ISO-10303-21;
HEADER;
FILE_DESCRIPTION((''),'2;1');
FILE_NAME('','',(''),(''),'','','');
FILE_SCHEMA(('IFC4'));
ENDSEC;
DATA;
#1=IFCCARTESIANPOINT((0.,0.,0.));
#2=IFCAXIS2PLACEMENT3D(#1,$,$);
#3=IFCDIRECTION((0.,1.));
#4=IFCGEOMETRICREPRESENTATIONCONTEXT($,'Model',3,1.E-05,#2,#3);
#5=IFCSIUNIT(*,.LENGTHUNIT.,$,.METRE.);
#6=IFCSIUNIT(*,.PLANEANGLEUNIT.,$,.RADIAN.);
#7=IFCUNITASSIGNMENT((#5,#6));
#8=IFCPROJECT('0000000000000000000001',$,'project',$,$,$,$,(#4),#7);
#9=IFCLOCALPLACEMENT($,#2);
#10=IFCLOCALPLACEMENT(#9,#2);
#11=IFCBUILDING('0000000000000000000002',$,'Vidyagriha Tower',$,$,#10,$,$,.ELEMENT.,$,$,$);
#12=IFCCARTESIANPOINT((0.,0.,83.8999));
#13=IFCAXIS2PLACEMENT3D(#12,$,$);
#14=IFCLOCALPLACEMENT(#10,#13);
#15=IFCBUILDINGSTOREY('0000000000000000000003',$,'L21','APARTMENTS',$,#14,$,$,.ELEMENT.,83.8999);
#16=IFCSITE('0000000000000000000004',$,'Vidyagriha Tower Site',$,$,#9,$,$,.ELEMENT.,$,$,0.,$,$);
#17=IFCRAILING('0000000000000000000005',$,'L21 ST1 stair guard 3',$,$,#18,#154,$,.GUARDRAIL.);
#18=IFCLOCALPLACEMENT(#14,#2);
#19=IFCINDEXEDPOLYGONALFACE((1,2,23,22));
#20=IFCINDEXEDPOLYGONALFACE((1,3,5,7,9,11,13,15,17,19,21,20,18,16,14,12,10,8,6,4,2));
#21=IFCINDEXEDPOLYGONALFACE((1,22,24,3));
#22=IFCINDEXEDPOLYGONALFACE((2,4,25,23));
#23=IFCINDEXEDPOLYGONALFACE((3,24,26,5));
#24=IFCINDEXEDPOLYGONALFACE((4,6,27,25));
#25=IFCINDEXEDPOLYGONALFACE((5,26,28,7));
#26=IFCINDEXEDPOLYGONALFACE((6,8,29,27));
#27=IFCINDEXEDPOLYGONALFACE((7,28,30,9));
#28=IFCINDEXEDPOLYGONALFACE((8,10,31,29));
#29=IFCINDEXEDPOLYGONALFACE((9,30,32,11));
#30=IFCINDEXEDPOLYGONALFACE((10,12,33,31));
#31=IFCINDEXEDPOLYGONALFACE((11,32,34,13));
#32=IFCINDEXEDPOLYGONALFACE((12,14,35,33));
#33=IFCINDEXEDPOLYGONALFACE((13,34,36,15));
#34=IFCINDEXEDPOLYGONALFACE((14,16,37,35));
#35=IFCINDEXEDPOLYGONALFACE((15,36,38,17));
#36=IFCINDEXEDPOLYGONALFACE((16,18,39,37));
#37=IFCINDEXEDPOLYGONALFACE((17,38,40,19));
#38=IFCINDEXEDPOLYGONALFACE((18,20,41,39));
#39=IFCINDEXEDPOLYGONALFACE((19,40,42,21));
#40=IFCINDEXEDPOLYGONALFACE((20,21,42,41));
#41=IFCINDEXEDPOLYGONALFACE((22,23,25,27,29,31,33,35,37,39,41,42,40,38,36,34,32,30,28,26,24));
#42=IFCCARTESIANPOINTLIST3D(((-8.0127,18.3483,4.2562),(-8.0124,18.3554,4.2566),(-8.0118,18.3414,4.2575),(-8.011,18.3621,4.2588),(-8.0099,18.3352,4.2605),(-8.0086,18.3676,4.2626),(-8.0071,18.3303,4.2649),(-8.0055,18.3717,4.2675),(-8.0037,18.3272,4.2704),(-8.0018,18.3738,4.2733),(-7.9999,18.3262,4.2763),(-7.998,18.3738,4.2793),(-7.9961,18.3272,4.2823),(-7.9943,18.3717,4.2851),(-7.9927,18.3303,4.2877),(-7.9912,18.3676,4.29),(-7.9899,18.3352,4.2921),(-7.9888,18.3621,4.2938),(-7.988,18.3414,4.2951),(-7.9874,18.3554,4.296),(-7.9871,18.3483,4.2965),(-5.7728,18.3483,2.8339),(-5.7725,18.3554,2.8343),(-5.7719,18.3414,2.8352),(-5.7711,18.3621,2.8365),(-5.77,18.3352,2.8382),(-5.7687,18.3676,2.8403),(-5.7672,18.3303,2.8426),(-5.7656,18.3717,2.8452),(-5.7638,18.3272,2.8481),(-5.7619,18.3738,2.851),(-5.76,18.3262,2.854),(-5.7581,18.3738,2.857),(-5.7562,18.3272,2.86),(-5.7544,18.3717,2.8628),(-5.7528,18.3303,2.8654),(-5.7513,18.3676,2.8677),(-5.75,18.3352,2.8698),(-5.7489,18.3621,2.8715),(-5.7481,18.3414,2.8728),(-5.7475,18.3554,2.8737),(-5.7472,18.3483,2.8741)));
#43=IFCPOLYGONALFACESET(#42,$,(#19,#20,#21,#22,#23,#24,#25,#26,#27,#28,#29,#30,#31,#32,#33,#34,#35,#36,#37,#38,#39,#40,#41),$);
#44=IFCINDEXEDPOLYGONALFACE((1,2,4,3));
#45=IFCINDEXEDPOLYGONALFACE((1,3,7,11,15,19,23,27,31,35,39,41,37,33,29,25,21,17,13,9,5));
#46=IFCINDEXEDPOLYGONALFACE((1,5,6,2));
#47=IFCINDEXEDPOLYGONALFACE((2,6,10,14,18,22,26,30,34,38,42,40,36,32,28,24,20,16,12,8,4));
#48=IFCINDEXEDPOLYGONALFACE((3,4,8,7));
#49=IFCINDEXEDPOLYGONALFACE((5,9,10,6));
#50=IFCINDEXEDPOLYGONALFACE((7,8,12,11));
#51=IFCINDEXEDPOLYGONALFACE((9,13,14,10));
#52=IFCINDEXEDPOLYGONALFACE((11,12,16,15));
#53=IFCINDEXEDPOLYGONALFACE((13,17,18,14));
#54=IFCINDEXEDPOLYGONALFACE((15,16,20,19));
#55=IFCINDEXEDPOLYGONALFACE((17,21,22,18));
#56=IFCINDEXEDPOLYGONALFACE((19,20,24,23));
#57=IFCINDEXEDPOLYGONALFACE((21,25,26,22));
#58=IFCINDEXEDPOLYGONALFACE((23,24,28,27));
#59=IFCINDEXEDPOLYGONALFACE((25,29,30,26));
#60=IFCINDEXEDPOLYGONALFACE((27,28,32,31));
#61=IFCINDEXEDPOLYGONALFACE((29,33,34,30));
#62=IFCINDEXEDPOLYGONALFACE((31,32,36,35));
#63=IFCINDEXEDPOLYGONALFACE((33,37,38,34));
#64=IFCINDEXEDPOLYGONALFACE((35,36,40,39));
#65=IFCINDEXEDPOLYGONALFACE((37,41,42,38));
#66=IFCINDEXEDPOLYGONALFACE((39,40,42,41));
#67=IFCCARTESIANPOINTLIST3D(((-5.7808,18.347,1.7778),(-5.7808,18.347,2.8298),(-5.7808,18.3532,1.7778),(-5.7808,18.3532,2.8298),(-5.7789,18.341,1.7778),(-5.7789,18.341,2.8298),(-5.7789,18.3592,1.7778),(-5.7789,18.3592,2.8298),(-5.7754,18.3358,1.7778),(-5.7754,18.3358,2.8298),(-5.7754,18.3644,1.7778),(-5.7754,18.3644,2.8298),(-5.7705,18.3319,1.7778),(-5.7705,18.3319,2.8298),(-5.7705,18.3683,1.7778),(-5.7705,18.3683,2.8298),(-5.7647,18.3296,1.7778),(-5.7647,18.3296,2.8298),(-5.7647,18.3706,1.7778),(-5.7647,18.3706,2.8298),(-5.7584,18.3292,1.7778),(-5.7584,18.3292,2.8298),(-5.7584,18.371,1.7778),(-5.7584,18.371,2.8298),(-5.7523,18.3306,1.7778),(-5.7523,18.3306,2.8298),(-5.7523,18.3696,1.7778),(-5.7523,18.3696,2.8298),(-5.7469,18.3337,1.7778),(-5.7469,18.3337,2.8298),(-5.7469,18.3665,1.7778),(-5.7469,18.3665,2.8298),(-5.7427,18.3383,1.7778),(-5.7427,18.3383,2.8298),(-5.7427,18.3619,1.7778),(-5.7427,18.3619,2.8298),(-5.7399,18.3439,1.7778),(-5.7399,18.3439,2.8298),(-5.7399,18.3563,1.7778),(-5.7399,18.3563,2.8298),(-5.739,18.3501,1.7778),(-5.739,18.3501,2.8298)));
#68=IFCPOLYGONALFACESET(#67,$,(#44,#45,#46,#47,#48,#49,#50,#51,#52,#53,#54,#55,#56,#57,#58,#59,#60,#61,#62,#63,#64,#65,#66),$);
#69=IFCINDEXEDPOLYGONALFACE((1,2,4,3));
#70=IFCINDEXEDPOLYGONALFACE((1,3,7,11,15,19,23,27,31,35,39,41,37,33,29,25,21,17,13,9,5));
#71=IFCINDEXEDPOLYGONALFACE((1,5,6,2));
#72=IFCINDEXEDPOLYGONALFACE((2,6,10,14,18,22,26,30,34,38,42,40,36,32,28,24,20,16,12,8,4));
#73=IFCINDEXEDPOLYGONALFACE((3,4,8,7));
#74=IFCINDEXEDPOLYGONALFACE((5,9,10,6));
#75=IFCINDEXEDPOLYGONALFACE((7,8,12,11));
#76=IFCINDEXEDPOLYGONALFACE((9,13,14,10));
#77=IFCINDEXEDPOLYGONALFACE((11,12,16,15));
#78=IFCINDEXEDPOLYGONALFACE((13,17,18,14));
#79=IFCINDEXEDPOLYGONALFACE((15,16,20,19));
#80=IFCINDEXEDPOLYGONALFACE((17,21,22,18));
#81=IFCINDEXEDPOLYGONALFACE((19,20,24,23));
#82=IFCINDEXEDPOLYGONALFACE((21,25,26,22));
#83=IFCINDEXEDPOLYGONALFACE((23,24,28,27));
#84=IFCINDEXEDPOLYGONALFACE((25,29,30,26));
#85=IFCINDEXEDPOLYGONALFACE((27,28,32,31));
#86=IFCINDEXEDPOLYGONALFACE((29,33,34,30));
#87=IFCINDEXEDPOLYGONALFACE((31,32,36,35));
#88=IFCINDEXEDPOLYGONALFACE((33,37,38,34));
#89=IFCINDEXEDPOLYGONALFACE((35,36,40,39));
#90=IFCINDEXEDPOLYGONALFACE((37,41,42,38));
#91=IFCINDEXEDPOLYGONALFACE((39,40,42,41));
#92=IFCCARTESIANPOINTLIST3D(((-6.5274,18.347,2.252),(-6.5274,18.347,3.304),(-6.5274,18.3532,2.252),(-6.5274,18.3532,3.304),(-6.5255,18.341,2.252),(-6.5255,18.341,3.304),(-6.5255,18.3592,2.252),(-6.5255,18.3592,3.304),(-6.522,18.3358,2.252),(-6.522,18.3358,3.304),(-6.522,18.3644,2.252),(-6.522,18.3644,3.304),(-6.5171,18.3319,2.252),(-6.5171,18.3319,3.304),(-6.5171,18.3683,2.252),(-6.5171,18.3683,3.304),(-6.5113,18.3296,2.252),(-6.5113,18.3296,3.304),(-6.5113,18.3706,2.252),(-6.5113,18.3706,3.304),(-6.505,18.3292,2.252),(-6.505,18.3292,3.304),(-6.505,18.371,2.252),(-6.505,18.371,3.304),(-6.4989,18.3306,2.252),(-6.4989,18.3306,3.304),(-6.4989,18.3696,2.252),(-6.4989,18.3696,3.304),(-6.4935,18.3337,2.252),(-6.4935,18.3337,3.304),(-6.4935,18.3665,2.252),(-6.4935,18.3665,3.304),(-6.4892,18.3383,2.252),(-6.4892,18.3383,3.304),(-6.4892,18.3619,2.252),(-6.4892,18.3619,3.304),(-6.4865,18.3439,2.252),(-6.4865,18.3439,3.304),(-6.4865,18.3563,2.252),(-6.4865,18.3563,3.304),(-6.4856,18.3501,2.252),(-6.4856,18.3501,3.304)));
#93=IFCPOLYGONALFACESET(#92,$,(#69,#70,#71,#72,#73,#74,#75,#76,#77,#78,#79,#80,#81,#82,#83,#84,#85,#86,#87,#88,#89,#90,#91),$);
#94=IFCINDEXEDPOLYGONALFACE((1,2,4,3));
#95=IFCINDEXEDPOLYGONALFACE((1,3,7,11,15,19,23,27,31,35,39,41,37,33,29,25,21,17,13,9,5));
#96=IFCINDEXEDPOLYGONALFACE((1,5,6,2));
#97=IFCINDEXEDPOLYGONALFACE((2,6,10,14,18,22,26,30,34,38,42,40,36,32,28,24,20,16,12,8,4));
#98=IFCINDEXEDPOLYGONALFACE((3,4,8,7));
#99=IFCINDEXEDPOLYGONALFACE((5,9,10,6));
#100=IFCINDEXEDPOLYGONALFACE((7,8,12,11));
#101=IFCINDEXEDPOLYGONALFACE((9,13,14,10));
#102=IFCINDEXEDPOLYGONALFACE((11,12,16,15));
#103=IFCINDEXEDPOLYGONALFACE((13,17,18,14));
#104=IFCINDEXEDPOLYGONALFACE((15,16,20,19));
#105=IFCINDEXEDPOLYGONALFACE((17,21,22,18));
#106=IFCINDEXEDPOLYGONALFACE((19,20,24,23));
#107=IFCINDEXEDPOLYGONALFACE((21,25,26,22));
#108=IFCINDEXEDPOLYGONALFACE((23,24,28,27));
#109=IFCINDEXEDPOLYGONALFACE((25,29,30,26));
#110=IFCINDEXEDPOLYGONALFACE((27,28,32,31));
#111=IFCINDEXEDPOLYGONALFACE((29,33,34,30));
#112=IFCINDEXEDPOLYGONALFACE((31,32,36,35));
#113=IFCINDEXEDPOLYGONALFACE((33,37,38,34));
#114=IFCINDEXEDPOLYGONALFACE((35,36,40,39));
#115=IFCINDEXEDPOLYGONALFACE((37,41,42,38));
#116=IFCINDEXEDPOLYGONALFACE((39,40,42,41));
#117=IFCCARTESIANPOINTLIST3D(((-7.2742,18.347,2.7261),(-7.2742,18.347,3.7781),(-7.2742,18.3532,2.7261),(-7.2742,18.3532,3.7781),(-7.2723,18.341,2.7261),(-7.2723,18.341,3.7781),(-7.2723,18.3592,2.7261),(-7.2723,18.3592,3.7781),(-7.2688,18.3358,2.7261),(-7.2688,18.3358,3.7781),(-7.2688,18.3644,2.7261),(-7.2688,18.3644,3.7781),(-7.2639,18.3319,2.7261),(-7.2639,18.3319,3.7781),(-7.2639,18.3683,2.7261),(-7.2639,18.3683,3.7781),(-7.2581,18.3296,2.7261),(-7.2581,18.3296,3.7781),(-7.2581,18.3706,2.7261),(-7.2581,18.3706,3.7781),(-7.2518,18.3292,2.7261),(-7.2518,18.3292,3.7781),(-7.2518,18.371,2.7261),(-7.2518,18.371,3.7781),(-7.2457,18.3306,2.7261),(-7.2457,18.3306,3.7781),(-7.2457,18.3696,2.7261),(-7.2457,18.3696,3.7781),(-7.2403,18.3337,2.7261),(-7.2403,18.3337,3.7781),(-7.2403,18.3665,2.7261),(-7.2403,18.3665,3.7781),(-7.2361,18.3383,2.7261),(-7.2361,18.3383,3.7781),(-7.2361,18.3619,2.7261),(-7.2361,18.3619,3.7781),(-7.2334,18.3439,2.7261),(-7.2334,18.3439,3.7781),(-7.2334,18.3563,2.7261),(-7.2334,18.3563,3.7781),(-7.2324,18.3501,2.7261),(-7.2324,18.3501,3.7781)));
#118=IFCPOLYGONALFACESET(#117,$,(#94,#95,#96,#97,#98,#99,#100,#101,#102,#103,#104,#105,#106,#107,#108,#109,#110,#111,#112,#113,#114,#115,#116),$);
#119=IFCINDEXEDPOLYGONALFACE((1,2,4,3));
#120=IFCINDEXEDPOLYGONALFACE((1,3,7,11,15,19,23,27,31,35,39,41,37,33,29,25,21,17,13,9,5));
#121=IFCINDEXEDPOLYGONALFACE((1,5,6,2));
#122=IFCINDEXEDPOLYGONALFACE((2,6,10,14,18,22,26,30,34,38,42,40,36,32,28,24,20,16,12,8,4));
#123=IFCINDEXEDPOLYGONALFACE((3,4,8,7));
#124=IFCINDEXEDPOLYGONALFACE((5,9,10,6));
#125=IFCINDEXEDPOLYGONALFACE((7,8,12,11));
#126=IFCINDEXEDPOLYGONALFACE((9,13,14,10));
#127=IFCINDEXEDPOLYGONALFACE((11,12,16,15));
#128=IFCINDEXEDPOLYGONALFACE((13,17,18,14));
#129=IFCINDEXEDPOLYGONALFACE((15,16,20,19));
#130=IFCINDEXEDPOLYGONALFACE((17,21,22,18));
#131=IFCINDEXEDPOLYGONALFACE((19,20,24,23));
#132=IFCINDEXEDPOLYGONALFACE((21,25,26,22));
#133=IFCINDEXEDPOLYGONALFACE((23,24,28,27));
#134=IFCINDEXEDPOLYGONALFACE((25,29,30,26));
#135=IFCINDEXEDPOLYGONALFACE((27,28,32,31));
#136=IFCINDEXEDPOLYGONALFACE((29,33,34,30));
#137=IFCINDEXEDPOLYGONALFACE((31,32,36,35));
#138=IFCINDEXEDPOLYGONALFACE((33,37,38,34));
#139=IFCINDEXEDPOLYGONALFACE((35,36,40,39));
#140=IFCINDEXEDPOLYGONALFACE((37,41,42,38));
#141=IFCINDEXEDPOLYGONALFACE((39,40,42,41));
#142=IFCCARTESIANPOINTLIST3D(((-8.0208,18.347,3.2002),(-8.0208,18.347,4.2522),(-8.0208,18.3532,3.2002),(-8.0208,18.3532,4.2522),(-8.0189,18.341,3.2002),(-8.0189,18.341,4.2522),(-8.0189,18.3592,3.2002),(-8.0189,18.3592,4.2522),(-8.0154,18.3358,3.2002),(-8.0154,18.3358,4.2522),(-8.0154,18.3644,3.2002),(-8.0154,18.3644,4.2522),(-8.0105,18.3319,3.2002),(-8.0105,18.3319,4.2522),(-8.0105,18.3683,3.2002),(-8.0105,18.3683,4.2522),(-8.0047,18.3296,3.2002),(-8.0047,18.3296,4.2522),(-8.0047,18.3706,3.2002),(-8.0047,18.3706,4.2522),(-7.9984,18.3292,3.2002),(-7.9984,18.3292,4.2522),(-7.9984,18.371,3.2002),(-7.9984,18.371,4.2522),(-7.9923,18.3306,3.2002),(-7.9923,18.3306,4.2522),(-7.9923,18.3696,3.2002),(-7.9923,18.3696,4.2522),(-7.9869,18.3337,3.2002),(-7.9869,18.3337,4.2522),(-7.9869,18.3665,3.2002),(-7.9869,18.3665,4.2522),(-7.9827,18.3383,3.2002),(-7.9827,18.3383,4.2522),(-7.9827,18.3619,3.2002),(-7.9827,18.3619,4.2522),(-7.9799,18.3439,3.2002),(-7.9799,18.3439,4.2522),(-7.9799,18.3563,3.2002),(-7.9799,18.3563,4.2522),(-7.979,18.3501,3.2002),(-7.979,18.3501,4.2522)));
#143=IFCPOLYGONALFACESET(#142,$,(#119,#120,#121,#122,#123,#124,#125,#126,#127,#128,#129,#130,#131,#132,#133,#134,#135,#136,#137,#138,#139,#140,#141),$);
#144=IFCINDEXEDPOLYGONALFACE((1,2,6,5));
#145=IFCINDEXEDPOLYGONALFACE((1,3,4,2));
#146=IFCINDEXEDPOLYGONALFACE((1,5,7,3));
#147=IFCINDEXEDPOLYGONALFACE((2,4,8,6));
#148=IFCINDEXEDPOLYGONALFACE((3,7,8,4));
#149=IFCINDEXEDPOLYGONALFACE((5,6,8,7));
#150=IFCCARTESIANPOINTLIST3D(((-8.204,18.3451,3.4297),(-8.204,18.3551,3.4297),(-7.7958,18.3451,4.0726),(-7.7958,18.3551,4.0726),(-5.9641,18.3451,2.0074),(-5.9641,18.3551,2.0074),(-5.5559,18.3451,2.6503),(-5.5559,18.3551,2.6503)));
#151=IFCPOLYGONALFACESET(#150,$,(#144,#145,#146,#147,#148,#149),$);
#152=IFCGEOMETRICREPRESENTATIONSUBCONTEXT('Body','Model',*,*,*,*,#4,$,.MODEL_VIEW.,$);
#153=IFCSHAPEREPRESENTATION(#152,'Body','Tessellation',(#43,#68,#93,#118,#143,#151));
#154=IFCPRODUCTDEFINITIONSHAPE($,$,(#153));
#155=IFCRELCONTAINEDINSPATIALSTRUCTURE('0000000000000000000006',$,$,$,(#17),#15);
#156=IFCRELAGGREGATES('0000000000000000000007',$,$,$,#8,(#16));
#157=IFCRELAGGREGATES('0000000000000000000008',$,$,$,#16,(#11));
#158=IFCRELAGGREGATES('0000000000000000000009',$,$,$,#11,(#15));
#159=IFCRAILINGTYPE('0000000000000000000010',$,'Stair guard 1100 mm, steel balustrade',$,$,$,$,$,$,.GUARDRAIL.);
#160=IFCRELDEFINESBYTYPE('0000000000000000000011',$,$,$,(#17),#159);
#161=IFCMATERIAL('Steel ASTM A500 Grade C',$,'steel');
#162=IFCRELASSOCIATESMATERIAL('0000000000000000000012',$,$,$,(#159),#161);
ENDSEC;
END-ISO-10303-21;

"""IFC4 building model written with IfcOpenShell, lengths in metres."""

from ifc_helpers import new_model, si_unit, direction, frame, origin, origin_2d, place, context, subcontext, project, spatial, rectangle, circle, extrude, material, type_object, element, save


model = new_model("IFC4")

# Units and contexts
model_context = context("Model", 3, precision=1e-05, world=origin(), true_north=direction((0.0, 1.0)))
body_context = subcontext(model_context, "Body", "Model", "MODEL_VIEW")
ifc_project = project(units=[si_unit("LENGTHUNIT", "METRE"), si_unit("PLANEANGLEUNIT", "RADIAN")], contexts=[model_context])

# Site, building, storey
site_placement = place(None, origin())
site = spatial("IfcSite", under=ifc_project, at=site_placement, Name="Vidyagriha Tower Site", CompositionType="ELEMENT", RefElevation=0.0)
building_placement = place(site_placement, origin())
building = spatial("IfcBuilding", under=site, at=building_placement, Name="Vidyagriha Tower", CompositionType="ELEMENT")
storey_placement = place(building_placement, frame((0.0, 0.0, 83.8999)))
storey = spatial("IfcBuildingStorey", under=building, at=storey_placement, Name="L21", Description="APARTMENTS", CompositionType="ELEMENT", Elevation=83.8999)

# Railing
ifc_material_1 = material(Name="Steel ASTM A500 Grade C", Category="steel")
railing_type_1 = type_object("IfcRailingType", Name="Stair guard 1100 mm, steel balustrade", PredefinedType="GUARDRAIL", material=ifc_material_1)
railing_1_placement = place(storey_placement, frame((-5.76, 18.3501, 1.7778)))
element("IfcRailing", 1, at=railing_1_placement, inside=storey, type_object=railing_type_1, Name="L21 ST1 stair guard 3", PredefinedType="GUARDRAIL", context=body_context, shape_type="SweptSolid", body=[
    extrude(circle(Radius=0.0239, at=origin_2d()), frame((0.0, 0.0, 1.0762), z_axis=(-0.844188, 0.0, 0.536048), x_axis=(0.0, -1.0, 0.0)), (0.0, 0.0, 1.0), 2.6533),
    extrude(circle(Radius=0.021, at=origin_2d()), origin(), (0.0, 0.0, 1.0), 1.052),
    extrude(circle(Radius=0.021, at=origin_2d()), frame((-0.7466, 0.0, 0.4741)), (0.0, 0.0, 1.0), 1.052),
    extrude(circle(Radius=0.021, at=origin_2d()), frame((-1.4934, 0.0, 0.9482)), (0.0, 0.0, 1.0), 1.052),
    extrude(circle(Radius=0.021, at=origin_2d()), frame((-2.24, 0.0, 1.4224)), (0.0, 0.0, 1.0), 1.052),
    extrude(rectangle(XDim=0.01, YDim=0.7615, at=origin_2d()), frame((0.0, 0.0, 0.551), z_axis=(-0.844188, 0.0, 0.536048), x_axis=(0.0, -1.0, 0.0)), (0.0, 0.0, 1.0), 2.6533),
])

save(model, "model.ifc")
